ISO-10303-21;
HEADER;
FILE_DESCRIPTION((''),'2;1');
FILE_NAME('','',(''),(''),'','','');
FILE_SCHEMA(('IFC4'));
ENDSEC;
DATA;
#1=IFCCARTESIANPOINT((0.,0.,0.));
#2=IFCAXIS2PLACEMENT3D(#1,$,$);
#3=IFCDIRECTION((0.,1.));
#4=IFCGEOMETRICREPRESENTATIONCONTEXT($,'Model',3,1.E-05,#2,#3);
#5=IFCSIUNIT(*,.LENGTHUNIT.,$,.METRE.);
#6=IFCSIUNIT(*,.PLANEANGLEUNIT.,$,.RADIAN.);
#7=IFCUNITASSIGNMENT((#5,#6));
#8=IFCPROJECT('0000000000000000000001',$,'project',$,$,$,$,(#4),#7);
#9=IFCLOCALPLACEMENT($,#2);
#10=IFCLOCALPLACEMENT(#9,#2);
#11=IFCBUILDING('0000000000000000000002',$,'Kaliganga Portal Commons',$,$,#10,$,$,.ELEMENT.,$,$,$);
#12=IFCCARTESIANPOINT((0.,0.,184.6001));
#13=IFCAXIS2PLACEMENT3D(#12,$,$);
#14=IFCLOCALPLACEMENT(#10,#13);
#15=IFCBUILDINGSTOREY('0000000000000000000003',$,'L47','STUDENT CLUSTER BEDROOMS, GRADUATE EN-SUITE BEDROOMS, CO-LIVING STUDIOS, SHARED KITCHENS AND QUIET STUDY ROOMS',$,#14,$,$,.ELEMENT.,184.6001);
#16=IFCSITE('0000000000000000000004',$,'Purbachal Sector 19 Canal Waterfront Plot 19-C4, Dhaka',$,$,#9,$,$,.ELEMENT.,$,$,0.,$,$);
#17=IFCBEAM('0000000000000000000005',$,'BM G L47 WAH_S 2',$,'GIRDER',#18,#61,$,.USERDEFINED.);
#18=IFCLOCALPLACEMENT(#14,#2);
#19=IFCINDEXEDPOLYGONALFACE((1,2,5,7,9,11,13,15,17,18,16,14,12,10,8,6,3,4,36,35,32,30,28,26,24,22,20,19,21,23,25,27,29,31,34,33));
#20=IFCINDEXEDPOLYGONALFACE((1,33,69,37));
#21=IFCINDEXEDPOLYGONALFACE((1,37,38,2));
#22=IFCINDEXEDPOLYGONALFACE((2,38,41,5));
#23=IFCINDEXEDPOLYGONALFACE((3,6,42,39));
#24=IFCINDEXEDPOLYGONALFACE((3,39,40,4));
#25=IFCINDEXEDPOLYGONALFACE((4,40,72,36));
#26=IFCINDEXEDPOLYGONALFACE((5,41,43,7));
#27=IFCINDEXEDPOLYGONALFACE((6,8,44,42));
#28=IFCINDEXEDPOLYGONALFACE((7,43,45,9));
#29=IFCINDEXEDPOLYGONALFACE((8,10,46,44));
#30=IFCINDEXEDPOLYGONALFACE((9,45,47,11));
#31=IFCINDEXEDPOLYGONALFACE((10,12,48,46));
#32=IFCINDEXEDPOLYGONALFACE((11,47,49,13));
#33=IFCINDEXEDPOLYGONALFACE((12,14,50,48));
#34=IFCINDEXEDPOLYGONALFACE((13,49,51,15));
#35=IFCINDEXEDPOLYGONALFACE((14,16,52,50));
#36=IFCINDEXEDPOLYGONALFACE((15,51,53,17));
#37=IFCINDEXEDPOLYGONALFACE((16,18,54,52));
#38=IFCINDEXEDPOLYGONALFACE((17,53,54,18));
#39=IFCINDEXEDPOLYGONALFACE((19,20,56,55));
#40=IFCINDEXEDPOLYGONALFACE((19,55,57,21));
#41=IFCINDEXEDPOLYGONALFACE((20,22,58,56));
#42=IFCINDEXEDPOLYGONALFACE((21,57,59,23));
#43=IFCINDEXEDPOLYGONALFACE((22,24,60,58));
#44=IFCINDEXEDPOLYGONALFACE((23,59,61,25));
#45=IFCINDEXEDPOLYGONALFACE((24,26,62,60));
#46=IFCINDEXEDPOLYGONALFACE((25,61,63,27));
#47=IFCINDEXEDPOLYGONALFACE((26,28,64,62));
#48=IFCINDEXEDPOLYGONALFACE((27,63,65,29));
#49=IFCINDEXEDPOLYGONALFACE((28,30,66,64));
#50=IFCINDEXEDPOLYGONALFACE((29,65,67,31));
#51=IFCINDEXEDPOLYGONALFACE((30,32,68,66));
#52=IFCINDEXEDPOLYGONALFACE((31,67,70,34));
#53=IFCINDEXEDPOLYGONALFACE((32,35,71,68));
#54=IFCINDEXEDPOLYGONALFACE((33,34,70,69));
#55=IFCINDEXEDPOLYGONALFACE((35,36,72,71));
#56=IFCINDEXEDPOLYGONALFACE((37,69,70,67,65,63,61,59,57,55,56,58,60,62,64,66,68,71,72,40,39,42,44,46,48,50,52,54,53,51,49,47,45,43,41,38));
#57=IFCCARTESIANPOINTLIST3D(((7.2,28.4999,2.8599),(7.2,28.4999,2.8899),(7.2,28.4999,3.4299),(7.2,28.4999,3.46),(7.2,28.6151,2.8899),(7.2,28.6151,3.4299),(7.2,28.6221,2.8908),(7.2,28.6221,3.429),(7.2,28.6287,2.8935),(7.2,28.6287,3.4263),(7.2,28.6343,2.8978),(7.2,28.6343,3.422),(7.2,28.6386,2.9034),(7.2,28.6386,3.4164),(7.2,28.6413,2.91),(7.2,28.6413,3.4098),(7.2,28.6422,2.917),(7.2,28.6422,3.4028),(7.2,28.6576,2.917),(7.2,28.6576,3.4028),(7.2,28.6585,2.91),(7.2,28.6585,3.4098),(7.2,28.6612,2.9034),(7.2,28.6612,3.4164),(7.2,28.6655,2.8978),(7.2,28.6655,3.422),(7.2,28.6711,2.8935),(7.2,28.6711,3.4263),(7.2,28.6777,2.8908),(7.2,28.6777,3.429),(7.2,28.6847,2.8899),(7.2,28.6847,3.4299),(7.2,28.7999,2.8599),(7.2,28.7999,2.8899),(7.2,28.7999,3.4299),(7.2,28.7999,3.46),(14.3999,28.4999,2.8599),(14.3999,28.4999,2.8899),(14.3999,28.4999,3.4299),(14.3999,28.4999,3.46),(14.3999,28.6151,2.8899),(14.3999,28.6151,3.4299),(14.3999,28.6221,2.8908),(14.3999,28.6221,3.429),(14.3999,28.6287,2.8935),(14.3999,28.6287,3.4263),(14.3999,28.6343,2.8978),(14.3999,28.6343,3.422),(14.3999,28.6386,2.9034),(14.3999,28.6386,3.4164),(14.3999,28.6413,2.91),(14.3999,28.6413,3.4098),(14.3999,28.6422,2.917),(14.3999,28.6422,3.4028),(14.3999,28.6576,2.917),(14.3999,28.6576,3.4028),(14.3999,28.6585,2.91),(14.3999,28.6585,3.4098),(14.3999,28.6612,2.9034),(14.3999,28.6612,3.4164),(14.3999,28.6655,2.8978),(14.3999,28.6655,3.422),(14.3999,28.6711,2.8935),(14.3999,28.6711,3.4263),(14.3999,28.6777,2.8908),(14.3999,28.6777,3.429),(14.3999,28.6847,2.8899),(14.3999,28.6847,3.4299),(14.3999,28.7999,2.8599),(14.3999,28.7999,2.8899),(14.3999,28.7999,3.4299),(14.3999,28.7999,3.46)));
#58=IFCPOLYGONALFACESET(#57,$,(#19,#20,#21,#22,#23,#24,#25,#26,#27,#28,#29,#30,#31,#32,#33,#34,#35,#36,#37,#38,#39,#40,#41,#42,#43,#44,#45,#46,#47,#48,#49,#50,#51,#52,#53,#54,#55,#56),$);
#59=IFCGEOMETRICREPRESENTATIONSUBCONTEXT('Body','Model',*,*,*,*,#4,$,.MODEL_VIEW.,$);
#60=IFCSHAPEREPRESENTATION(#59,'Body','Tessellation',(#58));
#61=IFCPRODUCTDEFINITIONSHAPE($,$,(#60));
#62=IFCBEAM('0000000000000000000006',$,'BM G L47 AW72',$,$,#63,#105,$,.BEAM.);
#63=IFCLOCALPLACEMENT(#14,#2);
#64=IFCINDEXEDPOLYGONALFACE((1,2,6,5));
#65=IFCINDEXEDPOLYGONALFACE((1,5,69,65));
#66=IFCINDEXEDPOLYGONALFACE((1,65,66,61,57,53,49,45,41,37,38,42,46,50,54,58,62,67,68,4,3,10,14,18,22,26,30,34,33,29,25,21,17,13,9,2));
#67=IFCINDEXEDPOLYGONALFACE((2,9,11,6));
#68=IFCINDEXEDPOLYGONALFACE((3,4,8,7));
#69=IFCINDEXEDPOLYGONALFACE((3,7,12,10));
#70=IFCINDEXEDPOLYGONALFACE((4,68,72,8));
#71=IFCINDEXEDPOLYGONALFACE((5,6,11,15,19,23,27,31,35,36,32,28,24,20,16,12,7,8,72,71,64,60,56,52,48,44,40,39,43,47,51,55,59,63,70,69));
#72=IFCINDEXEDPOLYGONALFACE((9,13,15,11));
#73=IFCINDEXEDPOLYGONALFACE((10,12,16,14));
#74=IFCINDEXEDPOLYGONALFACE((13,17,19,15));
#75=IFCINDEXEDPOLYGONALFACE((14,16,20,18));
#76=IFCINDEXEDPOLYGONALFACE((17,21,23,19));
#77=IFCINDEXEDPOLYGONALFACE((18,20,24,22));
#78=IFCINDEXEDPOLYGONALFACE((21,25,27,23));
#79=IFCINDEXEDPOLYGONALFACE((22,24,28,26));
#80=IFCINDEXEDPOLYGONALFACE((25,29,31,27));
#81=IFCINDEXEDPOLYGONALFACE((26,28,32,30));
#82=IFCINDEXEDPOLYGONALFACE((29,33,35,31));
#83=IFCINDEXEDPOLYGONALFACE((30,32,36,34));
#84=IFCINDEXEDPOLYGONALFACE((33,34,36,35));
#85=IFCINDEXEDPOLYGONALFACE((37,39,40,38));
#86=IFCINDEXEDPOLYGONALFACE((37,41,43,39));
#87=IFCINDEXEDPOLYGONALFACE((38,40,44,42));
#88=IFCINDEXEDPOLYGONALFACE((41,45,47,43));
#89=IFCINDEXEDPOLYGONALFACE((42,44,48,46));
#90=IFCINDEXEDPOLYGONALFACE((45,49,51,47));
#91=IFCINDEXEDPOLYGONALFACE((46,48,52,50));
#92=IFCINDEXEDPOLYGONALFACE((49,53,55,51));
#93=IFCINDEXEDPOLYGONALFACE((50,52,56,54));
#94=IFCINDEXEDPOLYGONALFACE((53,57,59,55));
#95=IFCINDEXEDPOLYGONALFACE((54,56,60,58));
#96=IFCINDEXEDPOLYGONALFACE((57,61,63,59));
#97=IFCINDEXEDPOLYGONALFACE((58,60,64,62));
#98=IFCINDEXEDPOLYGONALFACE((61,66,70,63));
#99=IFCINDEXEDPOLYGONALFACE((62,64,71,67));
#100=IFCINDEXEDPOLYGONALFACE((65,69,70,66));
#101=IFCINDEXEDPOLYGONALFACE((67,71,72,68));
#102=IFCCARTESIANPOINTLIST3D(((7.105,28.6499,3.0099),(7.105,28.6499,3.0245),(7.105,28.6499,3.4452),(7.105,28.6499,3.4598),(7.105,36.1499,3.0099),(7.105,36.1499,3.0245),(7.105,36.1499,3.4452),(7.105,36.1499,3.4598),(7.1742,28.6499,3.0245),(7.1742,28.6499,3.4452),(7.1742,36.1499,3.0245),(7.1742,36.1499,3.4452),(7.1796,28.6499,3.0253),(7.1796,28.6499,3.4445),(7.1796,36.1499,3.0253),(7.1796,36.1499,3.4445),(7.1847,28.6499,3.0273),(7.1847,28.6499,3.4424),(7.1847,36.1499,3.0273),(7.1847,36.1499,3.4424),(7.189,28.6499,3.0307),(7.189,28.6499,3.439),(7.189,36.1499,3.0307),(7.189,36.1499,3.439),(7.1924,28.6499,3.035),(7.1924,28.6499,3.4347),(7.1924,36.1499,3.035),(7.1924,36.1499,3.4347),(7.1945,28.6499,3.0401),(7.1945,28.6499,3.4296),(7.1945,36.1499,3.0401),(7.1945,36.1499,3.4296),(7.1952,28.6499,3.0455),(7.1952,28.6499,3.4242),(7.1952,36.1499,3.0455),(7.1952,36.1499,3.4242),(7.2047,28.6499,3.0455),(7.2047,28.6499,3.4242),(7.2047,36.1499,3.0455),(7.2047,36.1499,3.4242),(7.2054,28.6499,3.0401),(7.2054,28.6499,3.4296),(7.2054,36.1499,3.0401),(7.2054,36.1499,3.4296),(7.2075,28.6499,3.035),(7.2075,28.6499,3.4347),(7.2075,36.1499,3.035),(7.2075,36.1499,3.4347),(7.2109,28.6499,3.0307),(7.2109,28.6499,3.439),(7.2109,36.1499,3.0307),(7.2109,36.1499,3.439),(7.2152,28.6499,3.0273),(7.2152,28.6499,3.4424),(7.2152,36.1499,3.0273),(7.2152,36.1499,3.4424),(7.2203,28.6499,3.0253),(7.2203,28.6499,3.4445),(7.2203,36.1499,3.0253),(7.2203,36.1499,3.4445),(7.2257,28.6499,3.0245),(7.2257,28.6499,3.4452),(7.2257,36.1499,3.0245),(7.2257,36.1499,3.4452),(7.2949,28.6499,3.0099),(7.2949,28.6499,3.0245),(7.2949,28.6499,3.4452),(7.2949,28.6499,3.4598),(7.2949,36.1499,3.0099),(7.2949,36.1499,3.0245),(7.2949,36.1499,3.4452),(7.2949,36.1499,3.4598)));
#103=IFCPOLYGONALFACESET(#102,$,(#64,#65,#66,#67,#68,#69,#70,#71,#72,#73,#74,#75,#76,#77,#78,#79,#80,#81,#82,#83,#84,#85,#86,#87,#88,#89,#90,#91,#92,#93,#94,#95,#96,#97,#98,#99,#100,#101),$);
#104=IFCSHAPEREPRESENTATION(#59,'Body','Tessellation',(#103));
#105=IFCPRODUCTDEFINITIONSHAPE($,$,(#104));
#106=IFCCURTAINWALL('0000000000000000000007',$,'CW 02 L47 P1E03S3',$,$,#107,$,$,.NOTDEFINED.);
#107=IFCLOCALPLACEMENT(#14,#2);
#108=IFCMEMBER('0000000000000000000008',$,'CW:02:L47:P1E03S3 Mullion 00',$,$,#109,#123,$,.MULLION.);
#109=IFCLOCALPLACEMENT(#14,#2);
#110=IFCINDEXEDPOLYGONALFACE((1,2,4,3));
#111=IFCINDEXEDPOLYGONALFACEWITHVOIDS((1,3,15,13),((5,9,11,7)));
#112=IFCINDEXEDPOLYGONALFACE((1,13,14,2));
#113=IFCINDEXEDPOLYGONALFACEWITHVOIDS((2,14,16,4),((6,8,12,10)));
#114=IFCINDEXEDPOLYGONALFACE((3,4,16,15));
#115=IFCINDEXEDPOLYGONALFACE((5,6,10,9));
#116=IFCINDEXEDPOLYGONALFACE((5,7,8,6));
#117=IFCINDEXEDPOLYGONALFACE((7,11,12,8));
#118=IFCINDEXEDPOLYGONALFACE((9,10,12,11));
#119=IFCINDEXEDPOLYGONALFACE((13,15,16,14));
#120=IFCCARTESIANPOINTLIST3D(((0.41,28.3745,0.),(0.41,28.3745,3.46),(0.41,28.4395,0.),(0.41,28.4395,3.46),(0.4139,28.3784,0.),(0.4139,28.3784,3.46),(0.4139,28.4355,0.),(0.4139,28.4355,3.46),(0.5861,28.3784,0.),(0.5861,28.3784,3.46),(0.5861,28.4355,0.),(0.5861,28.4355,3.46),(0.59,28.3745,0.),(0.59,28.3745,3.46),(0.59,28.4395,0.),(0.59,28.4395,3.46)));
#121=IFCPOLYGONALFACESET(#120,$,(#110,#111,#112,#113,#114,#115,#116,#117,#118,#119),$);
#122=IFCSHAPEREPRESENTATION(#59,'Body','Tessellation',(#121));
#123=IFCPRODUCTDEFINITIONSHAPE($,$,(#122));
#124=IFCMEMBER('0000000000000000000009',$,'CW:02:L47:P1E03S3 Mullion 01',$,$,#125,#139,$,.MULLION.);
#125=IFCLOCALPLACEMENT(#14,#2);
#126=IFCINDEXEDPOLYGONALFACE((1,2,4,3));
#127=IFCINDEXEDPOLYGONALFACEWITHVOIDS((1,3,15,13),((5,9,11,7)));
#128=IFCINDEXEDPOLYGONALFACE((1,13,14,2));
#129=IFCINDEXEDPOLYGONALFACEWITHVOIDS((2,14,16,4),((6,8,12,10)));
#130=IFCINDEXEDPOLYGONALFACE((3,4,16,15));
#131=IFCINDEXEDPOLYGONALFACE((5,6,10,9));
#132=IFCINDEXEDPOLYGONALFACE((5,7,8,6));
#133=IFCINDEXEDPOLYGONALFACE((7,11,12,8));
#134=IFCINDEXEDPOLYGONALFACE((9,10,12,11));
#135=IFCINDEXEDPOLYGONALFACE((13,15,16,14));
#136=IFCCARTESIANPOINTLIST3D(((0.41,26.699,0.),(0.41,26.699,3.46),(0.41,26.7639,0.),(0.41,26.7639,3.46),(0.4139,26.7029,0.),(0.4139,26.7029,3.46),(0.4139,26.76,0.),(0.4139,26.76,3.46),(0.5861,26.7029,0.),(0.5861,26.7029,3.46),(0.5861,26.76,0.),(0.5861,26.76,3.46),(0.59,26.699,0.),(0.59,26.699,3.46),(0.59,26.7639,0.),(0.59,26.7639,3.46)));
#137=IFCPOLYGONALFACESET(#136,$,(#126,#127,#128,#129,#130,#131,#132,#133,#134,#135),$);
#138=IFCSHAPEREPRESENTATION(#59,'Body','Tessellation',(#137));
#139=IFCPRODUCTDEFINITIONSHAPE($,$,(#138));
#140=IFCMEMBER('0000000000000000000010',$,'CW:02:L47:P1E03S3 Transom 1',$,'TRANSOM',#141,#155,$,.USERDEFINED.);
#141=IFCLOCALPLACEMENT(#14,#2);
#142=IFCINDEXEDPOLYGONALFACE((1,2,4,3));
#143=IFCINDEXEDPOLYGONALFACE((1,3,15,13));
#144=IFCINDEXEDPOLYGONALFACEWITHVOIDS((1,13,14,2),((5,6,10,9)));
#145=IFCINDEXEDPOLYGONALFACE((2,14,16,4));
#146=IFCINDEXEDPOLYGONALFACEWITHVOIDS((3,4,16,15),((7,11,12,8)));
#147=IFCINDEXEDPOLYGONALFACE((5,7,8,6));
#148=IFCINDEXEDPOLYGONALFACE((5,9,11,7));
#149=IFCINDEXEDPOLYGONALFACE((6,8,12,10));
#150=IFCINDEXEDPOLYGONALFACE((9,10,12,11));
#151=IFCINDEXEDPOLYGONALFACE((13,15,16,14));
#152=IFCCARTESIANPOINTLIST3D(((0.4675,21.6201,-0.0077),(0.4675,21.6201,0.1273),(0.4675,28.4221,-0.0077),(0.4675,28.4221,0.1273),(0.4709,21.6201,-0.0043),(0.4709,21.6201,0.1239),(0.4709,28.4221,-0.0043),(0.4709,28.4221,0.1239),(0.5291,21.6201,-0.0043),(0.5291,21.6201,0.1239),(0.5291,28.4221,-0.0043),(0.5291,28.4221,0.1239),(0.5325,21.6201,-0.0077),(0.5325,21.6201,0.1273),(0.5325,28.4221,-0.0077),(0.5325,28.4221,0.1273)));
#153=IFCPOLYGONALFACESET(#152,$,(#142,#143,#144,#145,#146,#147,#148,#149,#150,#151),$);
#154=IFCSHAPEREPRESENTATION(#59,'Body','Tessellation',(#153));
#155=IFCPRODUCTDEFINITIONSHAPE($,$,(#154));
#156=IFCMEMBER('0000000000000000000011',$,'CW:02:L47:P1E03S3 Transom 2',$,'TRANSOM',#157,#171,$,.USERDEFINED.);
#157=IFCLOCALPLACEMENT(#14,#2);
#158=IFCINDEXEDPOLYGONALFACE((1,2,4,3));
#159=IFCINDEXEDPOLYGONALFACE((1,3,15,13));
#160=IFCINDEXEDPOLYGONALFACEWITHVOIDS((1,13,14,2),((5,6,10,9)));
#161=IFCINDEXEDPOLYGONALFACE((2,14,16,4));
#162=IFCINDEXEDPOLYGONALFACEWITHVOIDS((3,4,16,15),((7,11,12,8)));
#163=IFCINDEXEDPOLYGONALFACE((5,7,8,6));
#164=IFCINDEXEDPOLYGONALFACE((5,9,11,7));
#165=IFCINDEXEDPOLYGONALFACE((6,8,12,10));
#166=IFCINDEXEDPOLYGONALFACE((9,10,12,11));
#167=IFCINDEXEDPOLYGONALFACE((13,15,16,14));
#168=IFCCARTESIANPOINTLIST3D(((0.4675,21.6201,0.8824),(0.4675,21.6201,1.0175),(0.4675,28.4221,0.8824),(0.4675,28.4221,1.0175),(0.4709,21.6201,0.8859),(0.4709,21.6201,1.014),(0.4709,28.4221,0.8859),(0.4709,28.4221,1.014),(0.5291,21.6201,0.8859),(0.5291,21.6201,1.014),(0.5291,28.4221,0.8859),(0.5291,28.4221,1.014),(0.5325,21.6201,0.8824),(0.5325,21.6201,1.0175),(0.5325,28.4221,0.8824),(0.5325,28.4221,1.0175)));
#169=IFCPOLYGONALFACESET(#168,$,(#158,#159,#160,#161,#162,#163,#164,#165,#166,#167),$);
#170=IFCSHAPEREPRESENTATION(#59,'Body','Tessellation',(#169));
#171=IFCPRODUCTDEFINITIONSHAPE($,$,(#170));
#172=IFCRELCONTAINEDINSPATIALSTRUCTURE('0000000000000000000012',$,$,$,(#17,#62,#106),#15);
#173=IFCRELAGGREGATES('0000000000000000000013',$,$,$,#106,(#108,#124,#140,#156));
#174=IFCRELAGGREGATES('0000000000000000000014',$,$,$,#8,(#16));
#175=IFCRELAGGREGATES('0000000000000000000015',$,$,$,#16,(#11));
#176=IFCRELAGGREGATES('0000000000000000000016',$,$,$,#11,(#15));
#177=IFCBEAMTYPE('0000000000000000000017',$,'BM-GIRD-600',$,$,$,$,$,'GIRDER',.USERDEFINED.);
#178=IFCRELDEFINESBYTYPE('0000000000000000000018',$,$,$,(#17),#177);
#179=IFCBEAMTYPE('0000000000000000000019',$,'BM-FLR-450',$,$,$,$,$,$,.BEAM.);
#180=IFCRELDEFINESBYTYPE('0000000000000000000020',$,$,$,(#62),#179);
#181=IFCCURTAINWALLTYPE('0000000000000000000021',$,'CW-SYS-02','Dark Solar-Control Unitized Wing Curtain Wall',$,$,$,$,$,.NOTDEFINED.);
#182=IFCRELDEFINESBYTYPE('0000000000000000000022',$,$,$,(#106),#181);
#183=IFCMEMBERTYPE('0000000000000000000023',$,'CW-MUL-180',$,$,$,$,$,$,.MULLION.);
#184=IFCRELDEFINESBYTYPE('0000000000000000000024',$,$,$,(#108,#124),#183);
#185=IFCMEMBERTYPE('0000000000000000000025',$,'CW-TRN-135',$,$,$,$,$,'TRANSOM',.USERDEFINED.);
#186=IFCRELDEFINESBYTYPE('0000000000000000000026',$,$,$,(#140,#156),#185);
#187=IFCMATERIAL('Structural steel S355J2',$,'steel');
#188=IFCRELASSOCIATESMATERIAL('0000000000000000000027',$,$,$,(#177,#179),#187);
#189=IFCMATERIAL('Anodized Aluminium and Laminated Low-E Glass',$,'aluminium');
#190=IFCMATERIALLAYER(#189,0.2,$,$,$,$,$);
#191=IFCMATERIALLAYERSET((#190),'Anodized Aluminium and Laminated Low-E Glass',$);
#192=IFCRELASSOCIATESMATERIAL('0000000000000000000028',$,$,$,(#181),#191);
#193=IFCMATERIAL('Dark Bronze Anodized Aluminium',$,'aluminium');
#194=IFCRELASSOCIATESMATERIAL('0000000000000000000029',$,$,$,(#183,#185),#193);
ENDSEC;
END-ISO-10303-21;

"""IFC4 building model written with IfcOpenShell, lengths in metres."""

from ifc_helpers import new_model, si_unit, direction, frame, origin, origin_2d, place, context, subcontext, project, spatial, hollow_rectangle, i_section, extrude, source, transform, mapped, material, layer, layer_set, material_profile, profile_set, type_object, element, aggregate, save


model = new_model("IFC4")

# Units and contexts
model_context = context("Model", 3, precision=1e-05, world=origin(), true_north=direction((0.0, 1.0)))
body_context = subcontext(model_context, "Body", "Model", "MODEL_VIEW")
ifc_project = project(units=[si_unit("LENGTHUNIT", "METRE"), si_unit("PLANEANGLEUNIT", "RADIAN")], contexts=[model_context])

# Site, building, storey
site_placement = place(None, origin())
site = spatial("IfcSite", under=ifc_project, at=site_placement, Name="Purbachal Sector 19 Canal Waterfront Plot 19-C4, Dhaka", CompositionType="ELEMENT", RefElevation=0.0)
building_placement = place(site_placement, origin())
building = spatial("IfcBuilding", under=site, at=building_placement, Name="Kaliganga Portal Commons", CompositionType="ELEMENT")
storey_placement = place(building_placement, frame((0.0, 0.0, 184.6001)))
storey = spatial("IfcBuildingStorey", under=building, at=storey_placement, Name="L47", Description="STUDENT CLUSTER BEDROOMS, GRADUATE EN-SUITE BEDROOMS, CO-LIVING STUDIOS, SHARED KITCHENS AND QUIET STUDY ROOMS", CompositionType="ELEMENT", Elevation=184.6001)

# Beams
ifc_material_1 = material(Name="Structural steel S355J2", Category="steel")
ifc_material_profile_1 = material_profile(ifc_material_1, i_section(OverallWidth=0.3, OverallDepth=0.6001, WebThickness=0.0154, FlangeThickness=0.03, FilletRadius=0.0271, at=origin_2d()), Name="HE 600 B")
ifc_profile_set_1 = profile_set([ifc_material_profile_1], Name="Structural steel S355J2 wide-flange")
beam_type_1 = type_object("IfcBeamType", Name="BM-GIRD-600", ElementType="GIRDER", PredefinedType="USERDEFINED", material=ifc_profile_set_1)
shared_shape_1 = source(origin(), body_context, "Body", "SweptSolid", [
    extrude(i_section(OverallWidth=0.3, OverallDepth=0.6001, WebThickness=0.0154, FlangeThickness=0.03, FilletRadius=0.0271, at=origin_2d()), origin(), (0.0, 0.0, 1.0), 7.2),
])
beam_1_placement = place(storey_placement, frame((7.2, 28.6499, 3.1599), z_axis=(1.0, 0.0, 0.0), x_axis=(0.0, 1.0, 0.0)))
element("IfcBeam", 1, at=beam_1_placement, inside=storey, type_object=beam_type_1, Name="BM G L47 WAH_S 2", ObjectType="GIRDER", PredefinedType="USERDEFINED", context=body_context, shape_type="MappedRepresentation", body=[
    mapped(shared_shape_1, transform((0.0, 0.0, 0.0), x_axis=(1.0, 0.0, 0.0), y_axis=(0.0, 1.0, 0.0), z_axis=(0.0, 0.0, 1.0), scale=1.0)),
])
ifc_material_profile_2 = material_profile(ifc_material_1, i_section(OverallWidth=0.1899, OverallDepth=0.45, WebThickness=0.0095, FlangeThickness=0.0146, FilletRadius=0.021, at=origin_2d()), Name="IPE 450")
ifc_profile_set_2 = profile_set([ifc_material_profile_2], Name="Structural steel S355J2 wide-flange")
beam_type_2 = type_object("IfcBeamType", Name="BM-FLR-450", PredefinedType="BEAM", material=ifc_profile_set_2)
shared_shape_2 = source(origin(), body_context, "Body", "SweptSolid", [
    extrude(i_section(OverallWidth=0.1899, OverallDepth=0.45, WebThickness=0.0095, FlangeThickness=0.0146, FilletRadius=0.021, at=origin_2d()), origin(), (0.0, 0.0, 1.0), 7.5),
])
beam_2_placement = place(storey_placement, frame((7.2, 28.6499, 3.2349), z_axis=(0.0, 1.0, 0.0), x_axis=(-1.0, 0.0, 0.0)))
element("IfcBeam", 2, at=beam_2_placement, inside=storey, type_object=beam_type_2, Name="BM G L47 AW72", PredefinedType="BEAM", context=body_context, shape_type="MappedRepresentation", body=[
    mapped(shared_shape_2, transform((0.0, 0.0, 0.0), x_axis=(1.0, 0.0, 0.0), y_axis=(0.0, 1.0, 0.0), z_axis=(0.0, 0.0, 1.0), scale=1.0)),
])

# Curtain wall, members
ifc_material_2 = material(Name="Anodized Aluminium and Laminated Low-E Glass", Category="aluminium")
ifc_layer_1 = layer(ifc_material_2, 0.2)
ifc_layer_set_1 = layer_set([ifc_layer_1], Name="Anodized Aluminium and Laminated Low-E Glass")
curtain_wall_type = type_object("IfcCurtainWallType", Name="CW-SYS-02", Description="Dark Solar-Control Unitized Wing Curtain Wall", PredefinedType="NOTDEFINED", material=ifc_layer_set_1)
curtain_wall_1_placement = place(storey_placement, origin())
curtain_wall_1 = element("IfcCurtainWall", 3, at=curtain_wall_1_placement, inside=storey, type_object=curtain_wall_type, Name="CW 02 L47 P1E03S3", PredefinedType="NOTDEFINED")
ifc_material_3 = material(Name="Dark Bronze Anodized Aluminium", Category="aluminium")
ifc_material_profile_3 = material_profile(ifc_material_3, hollow_rectangle(XDim=0.0649, YDim=0.1799, WallThickness=0.0039, at=origin_2d()), Name="ALU MULL 65x180x4")
ifc_profile_set_3 = profile_set([ifc_material_profile_3], Name="Dark Bronze Anodized Aluminium")
member_type_1 = type_object("IfcMemberType", Name="CW-MUL-180", PredefinedType="MULLION", material=ifc_profile_set_3)
shared_shape_3 = source(origin(), body_context, "Body", "SweptSolid", [
    extrude(hollow_rectangle(XDim=0.0649, YDim=0.1799, WallThickness=0.0039, at=origin_2d()), origin(), (0.0, 0.0, 1.0), 3.46),
])
member_1_placement = place(storey_placement, frame((0.5, 28.407, 0.0), z_axis=(0.0, 0.0, 1.0), x_axis=(0.0, -1.0, 0.0)))
member_1 = element("IfcMember", 4, at=member_1_placement, type_object=member_type_1, Name="CW:02:L47:P1E03S3 Mullion 00", PredefinedType="MULLION", context=body_context, shape_type="MappedRepresentation", body=[
    mapped(shared_shape_3, transform((0.0, 0.0, 0.0), x_axis=(1.0, 0.0, 0.0), y_axis=(0.0, 1.0, 0.0), z_axis=(0.0, 0.0, 1.0), scale=1.0)),
])
member_2_placement = place(storey_placement, frame((0.5, 26.7314, 0.0), z_axis=(0.0, 0.0, 1.0), x_axis=(0.0, -1.0, 0.0)))
member_2 = element("IfcMember", 5, at=member_2_placement, type_object=member_type_1, Name="CW:02:L47:P1E03S3 Mullion 01", PredefinedType="MULLION", context=body_context, shape_type="MappedRepresentation", body=[
    mapped(shared_shape_3, transform((0.0, 0.0, 0.0), x_axis=(1.0, 0.0, 0.0), y_axis=(0.0, 1.0, 0.0), z_axis=(0.0, 0.0, 1.0), scale=1.0)),
])
ifc_material_profile_4 = material_profile(ifc_material_3, hollow_rectangle(XDim=0.0649, YDim=0.135, WallThickness=0.0034, at=origin_2d()), Name="ALU TRAN 65x135x3.5")
ifc_profile_set_4 = profile_set([ifc_material_profile_4], Name="Dark Bronze Anodized Aluminium")
member_type_2 = type_object("IfcMemberType", Name="CW-TRN-135", ElementType="TRANSOM", PredefinedType="USERDEFINED", material=ifc_profile_set_4)
shared_shape_4 = source(origin(), body_context, "Body", "SweptSolid", [
    extrude(hollow_rectangle(XDim=0.0649, YDim=0.135, WallThickness=0.0034, at=origin_2d()), origin(), (0.0, 0.0, 1.0), 6.802),
])
member_3_placement = place(storey_placement, frame((0.5, 28.4221, 0.0598), z_axis=(0.0, -1.0, 0.0), x_axis=(1.0, 0.0, 0.0)))
member_3 = element("IfcMember", 6, at=member_3_placement, type_object=member_type_2, Name="CW:02:L47:P1E03S3 Transom 1", ObjectType="TRANSOM", PredefinedType="USERDEFINED", context=body_context, shape_type="MappedRepresentation", body=[
    mapped(shared_shape_4, transform((0.0, 0.0, 0.0), x_axis=(1.0, 0.0, 0.0), y_axis=(0.0, 1.0, 0.0), z_axis=(0.0, 0.0, 1.0), scale=1.0)),
])
member_4_placement = place(storey_placement, frame((0.5, 28.4221, 0.95), z_axis=(0.0, -1.0, 0.0), x_axis=(1.0, 0.0, 0.0)))
member_4 = element("IfcMember", 7, at=member_4_placement, type_object=member_type_2, Name="CW:02:L47:P1E03S3 Transom 2", ObjectType="TRANSOM", PredefinedType="USERDEFINED", context=body_context, shape_type="MappedRepresentation", body=[
    mapped(shared_shape_4, transform((0.0, 0.0, 0.0), x_axis=(1.0, 0.0, 0.0), y_axis=(0.0, 1.0, 0.0), z_axis=(0.0, 0.0, 1.0), scale=1.0)),
])

aggregate(curtain_wall_1, [member_1, member_2, member_3, member_4])

save(model, "model.ifc")
